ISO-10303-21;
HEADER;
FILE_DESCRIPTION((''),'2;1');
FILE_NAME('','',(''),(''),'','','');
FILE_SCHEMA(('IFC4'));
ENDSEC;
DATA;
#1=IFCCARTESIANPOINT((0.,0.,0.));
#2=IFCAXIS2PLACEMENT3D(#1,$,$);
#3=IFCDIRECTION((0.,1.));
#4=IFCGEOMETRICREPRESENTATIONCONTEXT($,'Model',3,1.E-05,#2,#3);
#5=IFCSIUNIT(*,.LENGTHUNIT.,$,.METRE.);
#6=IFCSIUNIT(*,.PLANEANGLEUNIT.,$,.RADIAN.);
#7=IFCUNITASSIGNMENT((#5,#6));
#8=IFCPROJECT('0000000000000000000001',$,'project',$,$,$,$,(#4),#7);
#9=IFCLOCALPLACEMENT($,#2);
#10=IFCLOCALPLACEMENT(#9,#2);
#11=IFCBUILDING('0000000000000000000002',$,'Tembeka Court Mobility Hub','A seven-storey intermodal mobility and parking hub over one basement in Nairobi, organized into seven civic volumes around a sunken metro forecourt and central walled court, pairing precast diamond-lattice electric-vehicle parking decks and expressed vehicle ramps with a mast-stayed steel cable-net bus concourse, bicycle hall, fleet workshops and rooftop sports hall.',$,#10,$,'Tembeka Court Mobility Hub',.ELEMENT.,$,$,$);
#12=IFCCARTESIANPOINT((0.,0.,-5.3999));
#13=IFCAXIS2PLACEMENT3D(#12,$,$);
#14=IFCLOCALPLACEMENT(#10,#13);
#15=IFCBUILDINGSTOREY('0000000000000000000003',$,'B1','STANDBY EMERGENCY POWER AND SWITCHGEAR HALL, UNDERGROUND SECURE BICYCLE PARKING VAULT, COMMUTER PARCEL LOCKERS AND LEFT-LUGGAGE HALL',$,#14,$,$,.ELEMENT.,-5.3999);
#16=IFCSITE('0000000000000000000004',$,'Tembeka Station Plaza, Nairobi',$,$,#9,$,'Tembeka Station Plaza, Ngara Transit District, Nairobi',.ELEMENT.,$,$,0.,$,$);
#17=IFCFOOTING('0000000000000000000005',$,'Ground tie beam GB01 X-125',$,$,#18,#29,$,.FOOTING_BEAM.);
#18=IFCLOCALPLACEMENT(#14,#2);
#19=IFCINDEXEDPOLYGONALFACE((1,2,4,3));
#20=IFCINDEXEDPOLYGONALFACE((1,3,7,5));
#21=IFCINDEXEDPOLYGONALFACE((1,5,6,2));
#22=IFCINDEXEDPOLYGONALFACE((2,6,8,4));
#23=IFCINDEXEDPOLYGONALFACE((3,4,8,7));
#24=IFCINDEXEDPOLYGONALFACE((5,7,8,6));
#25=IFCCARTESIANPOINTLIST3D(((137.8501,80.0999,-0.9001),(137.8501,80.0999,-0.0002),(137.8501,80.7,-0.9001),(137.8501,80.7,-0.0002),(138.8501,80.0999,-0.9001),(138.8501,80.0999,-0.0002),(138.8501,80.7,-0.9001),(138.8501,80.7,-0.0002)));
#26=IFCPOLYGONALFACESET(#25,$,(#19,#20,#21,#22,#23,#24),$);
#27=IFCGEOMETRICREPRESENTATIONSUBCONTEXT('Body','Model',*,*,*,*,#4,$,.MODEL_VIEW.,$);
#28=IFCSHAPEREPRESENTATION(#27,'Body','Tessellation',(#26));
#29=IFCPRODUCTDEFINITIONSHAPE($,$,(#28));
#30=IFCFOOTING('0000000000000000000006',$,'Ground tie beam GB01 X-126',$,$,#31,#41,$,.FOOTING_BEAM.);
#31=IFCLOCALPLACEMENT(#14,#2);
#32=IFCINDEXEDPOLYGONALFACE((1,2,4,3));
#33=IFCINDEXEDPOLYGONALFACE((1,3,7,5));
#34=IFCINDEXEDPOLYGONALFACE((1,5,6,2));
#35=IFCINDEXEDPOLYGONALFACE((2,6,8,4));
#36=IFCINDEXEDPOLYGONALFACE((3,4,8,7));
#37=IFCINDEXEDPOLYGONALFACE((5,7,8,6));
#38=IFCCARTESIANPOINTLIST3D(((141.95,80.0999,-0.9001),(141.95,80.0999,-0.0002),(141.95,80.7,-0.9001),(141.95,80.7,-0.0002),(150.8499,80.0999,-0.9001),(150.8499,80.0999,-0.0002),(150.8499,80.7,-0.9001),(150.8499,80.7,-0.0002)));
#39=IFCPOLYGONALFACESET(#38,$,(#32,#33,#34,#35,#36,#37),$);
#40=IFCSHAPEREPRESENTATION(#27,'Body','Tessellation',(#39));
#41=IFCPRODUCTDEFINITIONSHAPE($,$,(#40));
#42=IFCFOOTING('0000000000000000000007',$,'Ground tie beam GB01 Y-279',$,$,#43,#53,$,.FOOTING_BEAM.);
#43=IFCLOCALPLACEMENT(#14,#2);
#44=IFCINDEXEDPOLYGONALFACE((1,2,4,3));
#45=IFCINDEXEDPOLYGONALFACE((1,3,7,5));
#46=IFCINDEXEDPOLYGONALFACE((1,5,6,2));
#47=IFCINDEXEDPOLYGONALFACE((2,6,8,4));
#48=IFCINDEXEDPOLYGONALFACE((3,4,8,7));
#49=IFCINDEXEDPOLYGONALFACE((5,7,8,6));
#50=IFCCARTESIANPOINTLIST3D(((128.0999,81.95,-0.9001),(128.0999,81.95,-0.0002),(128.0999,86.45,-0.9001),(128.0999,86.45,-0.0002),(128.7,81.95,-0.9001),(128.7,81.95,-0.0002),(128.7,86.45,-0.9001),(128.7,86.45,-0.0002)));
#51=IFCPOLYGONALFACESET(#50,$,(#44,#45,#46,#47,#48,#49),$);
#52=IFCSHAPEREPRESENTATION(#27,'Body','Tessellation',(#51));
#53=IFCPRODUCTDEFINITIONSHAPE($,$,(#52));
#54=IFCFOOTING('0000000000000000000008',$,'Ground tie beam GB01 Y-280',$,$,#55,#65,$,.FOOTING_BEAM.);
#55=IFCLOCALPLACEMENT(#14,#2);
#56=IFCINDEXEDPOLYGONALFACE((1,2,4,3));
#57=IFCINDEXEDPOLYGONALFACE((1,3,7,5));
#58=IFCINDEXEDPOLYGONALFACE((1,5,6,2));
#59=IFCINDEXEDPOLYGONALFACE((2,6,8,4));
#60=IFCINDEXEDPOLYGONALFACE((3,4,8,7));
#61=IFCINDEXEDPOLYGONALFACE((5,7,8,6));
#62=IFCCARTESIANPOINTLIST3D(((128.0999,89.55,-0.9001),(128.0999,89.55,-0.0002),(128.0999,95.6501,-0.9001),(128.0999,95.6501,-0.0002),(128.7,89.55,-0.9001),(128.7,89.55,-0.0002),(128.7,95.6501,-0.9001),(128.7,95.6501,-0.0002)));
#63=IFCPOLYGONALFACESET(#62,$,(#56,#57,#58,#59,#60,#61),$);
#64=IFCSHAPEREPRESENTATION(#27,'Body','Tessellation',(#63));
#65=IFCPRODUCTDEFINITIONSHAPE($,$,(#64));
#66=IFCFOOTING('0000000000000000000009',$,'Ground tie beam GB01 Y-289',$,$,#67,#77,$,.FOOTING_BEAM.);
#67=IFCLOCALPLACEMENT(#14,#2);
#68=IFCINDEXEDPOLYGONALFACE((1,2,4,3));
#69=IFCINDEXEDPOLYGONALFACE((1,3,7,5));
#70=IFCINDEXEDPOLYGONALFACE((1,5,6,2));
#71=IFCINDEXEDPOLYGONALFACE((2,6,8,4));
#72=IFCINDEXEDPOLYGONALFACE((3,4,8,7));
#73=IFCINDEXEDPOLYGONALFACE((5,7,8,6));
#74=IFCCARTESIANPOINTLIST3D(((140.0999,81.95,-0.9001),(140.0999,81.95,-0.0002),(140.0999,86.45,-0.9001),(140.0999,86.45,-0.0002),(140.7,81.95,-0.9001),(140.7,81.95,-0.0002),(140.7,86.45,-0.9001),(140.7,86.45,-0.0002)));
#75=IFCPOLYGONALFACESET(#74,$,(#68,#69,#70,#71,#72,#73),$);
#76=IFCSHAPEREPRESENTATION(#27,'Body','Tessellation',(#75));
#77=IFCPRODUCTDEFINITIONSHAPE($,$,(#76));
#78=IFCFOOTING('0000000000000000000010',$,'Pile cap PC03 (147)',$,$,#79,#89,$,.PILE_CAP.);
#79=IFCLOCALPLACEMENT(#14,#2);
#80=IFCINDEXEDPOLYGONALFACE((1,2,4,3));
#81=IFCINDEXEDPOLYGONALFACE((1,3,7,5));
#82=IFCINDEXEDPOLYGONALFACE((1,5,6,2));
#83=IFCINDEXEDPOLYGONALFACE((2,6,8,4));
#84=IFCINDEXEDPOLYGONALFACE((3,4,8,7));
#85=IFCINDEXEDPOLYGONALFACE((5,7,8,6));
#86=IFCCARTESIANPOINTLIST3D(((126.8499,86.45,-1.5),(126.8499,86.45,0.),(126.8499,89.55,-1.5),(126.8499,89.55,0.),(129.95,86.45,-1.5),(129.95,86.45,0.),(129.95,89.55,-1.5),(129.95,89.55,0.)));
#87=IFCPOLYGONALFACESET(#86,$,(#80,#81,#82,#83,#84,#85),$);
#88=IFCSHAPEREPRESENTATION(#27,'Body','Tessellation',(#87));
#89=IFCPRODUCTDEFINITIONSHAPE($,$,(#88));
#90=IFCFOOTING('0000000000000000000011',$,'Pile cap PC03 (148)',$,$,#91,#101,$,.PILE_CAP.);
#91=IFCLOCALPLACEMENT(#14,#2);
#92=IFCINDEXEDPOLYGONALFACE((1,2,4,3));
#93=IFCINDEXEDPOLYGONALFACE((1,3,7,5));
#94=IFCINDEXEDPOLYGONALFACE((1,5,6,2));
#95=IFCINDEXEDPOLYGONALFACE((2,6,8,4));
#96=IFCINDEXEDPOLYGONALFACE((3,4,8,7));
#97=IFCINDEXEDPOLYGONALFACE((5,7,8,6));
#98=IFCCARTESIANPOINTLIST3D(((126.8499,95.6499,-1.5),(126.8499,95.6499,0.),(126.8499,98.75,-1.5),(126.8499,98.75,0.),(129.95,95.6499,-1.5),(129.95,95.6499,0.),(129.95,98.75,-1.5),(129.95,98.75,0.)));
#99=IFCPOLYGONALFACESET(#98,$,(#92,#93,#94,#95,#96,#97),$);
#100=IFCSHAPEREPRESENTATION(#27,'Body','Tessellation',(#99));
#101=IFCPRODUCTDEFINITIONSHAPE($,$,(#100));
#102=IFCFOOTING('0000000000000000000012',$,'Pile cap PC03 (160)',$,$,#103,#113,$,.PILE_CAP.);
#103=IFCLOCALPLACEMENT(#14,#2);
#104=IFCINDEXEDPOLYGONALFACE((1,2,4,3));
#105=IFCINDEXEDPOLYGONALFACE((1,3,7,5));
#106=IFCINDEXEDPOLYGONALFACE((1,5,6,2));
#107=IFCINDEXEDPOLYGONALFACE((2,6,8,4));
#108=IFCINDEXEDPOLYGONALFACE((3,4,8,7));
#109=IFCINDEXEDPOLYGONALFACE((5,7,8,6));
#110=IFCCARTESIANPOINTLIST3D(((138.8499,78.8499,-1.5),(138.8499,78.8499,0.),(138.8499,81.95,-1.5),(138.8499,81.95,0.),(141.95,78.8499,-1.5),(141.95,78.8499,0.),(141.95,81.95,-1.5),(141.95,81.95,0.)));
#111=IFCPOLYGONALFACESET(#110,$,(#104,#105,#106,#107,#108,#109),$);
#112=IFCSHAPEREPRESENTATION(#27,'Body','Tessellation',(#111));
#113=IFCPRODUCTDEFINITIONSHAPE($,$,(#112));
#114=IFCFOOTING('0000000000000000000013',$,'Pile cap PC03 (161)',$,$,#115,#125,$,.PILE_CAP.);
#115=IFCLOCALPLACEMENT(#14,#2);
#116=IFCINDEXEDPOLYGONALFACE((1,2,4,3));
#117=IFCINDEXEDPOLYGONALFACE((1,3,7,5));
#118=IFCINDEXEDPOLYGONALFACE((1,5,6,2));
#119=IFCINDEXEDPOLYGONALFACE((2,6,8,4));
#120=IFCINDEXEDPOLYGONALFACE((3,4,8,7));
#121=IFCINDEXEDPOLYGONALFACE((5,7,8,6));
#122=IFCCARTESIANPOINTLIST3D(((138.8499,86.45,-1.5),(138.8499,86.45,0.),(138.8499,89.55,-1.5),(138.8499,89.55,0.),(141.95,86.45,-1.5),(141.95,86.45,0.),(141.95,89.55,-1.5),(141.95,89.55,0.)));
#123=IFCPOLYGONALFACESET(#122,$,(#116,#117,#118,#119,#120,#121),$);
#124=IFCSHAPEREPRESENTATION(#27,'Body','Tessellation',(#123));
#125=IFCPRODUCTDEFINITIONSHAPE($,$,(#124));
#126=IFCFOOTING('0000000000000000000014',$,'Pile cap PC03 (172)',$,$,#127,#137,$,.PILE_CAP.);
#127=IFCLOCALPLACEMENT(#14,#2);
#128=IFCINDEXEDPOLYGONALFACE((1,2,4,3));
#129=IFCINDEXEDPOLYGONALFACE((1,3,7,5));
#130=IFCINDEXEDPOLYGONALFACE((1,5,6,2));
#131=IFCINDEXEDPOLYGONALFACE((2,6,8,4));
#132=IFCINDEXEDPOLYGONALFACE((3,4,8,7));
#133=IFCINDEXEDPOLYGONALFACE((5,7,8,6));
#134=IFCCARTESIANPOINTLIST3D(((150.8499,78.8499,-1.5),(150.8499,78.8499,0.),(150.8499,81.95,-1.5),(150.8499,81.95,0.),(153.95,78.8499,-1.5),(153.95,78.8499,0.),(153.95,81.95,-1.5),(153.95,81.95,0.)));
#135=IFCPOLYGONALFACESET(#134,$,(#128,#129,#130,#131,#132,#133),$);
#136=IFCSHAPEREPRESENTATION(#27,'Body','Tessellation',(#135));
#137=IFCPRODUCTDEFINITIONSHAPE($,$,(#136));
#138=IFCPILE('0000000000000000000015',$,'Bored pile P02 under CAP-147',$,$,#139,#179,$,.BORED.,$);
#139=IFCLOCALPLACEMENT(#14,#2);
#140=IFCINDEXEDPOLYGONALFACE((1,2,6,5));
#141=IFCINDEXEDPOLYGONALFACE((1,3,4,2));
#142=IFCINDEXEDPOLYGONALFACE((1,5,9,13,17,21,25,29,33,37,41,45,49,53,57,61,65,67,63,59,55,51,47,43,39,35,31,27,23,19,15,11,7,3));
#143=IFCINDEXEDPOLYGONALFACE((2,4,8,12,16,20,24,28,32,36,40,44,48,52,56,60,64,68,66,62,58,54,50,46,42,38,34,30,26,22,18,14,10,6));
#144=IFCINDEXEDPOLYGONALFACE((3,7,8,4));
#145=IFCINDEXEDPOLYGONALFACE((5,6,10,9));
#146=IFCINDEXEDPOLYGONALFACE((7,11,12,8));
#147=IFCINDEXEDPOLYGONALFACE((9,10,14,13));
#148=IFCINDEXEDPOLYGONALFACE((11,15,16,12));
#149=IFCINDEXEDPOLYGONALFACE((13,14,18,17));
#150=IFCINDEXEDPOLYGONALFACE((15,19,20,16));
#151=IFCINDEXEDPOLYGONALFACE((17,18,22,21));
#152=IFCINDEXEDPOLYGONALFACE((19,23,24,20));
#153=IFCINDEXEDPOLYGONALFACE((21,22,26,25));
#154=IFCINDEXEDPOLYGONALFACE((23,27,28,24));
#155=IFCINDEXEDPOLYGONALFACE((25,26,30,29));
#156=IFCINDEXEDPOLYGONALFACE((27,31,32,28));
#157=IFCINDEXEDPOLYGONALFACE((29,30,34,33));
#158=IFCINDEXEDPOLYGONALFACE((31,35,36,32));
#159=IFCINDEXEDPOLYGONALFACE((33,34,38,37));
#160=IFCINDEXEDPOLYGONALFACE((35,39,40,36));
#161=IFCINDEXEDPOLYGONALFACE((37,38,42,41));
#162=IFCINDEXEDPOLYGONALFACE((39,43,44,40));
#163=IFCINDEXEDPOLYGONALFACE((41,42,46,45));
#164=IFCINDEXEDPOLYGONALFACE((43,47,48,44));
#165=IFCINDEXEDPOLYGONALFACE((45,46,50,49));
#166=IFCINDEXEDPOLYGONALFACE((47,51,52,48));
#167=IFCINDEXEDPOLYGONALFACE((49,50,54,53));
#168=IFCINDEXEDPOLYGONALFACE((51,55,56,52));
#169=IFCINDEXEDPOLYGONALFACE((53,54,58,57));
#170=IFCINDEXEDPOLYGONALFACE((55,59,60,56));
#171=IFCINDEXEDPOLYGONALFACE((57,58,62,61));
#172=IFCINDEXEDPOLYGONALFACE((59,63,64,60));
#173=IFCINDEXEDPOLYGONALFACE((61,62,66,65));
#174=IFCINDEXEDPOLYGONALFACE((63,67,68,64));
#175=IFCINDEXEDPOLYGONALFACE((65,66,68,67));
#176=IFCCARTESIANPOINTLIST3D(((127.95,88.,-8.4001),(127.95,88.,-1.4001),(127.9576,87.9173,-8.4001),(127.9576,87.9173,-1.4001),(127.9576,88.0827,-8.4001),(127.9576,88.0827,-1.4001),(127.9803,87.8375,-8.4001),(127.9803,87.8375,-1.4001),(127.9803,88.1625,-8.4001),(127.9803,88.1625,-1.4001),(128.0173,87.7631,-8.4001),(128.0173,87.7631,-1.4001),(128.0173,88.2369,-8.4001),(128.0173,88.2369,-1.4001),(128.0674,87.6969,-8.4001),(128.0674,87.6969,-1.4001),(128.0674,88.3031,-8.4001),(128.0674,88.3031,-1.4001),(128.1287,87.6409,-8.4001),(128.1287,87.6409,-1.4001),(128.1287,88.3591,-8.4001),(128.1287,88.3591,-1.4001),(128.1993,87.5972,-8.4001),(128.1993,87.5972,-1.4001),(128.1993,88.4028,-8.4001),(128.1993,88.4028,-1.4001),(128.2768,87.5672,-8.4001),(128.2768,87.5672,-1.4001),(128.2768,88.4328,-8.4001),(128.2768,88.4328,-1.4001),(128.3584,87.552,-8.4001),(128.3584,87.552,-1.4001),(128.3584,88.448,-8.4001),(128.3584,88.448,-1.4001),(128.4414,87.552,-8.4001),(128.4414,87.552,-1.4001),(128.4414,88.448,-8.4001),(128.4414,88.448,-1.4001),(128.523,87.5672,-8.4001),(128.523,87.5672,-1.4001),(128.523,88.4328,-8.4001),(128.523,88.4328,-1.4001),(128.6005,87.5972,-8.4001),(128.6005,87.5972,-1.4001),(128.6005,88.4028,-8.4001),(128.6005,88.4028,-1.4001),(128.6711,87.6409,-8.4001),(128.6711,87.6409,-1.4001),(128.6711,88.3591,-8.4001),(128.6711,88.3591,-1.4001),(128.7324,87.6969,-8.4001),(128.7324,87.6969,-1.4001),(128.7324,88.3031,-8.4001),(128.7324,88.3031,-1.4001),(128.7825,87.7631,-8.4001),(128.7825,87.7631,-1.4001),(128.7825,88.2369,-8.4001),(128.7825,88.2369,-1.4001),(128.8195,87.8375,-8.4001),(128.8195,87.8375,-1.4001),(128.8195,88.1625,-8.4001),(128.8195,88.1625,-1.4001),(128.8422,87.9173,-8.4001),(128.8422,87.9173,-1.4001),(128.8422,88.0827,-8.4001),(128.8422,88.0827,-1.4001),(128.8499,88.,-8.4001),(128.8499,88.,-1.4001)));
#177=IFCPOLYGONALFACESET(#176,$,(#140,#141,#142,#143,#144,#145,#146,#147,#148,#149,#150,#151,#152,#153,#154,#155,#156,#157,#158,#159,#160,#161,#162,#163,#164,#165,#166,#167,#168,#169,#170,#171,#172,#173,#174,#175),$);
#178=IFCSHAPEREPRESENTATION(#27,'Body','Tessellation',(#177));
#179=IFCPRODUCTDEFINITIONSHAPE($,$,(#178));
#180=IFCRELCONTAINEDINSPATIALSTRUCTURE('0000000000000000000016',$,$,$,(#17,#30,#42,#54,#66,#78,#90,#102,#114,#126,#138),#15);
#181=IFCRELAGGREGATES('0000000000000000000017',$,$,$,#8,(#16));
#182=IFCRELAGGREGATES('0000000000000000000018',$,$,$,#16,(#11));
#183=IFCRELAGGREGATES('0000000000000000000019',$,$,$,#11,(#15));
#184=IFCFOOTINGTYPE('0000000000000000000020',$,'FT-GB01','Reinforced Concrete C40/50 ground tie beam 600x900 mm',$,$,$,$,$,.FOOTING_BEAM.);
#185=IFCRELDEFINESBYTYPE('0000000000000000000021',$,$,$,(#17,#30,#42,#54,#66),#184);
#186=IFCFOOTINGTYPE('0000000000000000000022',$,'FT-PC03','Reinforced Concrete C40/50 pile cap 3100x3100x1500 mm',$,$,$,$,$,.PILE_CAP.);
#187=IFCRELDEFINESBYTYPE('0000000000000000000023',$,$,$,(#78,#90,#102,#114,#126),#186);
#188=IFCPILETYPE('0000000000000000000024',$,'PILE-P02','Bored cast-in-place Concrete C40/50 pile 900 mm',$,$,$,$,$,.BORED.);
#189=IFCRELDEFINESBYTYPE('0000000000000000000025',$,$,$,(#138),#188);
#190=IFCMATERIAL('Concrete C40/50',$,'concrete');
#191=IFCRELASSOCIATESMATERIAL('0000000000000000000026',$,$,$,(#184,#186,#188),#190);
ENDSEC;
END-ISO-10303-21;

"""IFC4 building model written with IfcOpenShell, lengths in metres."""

from ifc_helpers import new_model, si_unit, direction, frame, origin, origin_2d, place, context, subcontext, project, spatial, rectangle, circle, extrude, material, material_profile, profile_set, type_object, element, save


model = new_model("IFC4")

# Units and contexts
model_context = context("Model", 3, precision=1e-05, world=origin(), true_north=direction((0.0, 1.0)))
body_context = subcontext(model_context, "Body", "Model", "MODEL_VIEW")
ifc_project = project(units=[si_unit("LENGTHUNIT", "METRE"), si_unit("PLANEANGLEUNIT", "RADIAN")], contexts=[model_context])

# Site, building, storey
site_placement = place(None, origin())
site = spatial("IfcSite", under=ifc_project, at=site_placement, Name="Tembeka Station Plaza, Nairobi", LongName="Tembeka Station Plaza, Ngara Transit District, Nairobi", CompositionType="ELEMENT", RefElevation=0.0)
building_placement = place(site_placement, origin())
building = spatial("IfcBuilding", under=site, at=building_placement, Name="Tembeka Court Mobility Hub", Description="A seven-storey intermodal mobility and parking hub over one basement in Nairobi, organized into seven civic volumes around a sunken metro forecourt and central walled court, pairing precast diamond-lattice electric-vehicle parking decks and expressed vehicle ramps with a mast-stayed steel cable-net bus concourse, bicycle hall, fleet workshops and rooftop sports hall.", LongName="Tembeka Court Mobility Hub", CompositionType="ELEMENT")
storey_placement = place(building_placement, frame((0.0, 0.0, -5.3999)))
storey = spatial("IfcBuildingStorey", under=building, at=storey_placement, Name="B1", Description="STANDBY EMERGENCY POWER AND SWITCHGEAR HALL, UNDERGROUND SECURE BICYCLE PARKING VAULT, COMMUTER PARCEL LOCKERS AND LEFT-LUGGAGE HALL", CompositionType="ELEMENT", Elevation=-5.3999)

# Footings
ifc_material_1 = material(Name="Concrete C40/50", Category="concrete")
footing_type_1 = type_object("IfcFootingType", Name="FT-GB01", Description="Reinforced Concrete C40/50 ground tie beam 600x900 mm", PredefinedType="FOOTING_BEAM", material=ifc_material_1)
footing_1_placement = place(storey_placement, frame((138.3501, 80.3999, -0.9001), z_axis=(0.0, 0.0, 1.0), x_axis=(1.0, 0.0, 0.0)))
element("IfcFooting", 1, at=footing_1_placement, inside=storey, type_object=footing_type_1, Name="Ground tie beam GB01 X-125", PredefinedType="FOOTING_BEAM", context=body_context, shape_type="SweptSolid", body=[
    extrude(rectangle(XDim=1.0, YDim=0.6001, at=origin_2d()), origin(), (0.0, 0.0, 1.0), 0.8999),
])
footing_2_placement = place(storey_placement, frame((146.3999, 80.3999, -0.9001), z_axis=(0.0, 0.0, 1.0), x_axis=(1.0, 0.0, 0.0)))
element("IfcFooting", 2, at=footing_2_placement, inside=storey, type_object=footing_type_1, Name="Ground tie beam GB01 X-126", PredefinedType="FOOTING_BEAM", context=body_context, shape_type="SweptSolid", body=[
    extrude(rectangle(XDim=8.8999, YDim=0.6001, at=origin_2d()), origin(), (0.0, 0.0, 1.0), 0.8999),
])
footing_3_placement = place(storey_placement, frame((128.3999, 84.2, -0.9001), z_axis=(0.0, 0.0, 1.0), x_axis=(0.0, 1.0, 0.0)))
element("IfcFooting", 3, at=footing_3_placement, inside=storey, type_object=footing_type_1, Name="Ground tie beam GB01 Y-279", PredefinedType="FOOTING_BEAM", context=body_context, shape_type="SweptSolid", body=[
    extrude(rectangle(XDim=4.5, YDim=0.6001, at=origin_2d()), origin(), (0.0, 0.0, 1.0), 0.8999),
])
footing_4_placement = place(storey_placement, frame((128.3999, 92.6001, -0.9001), z_axis=(0.0, 0.0, 1.0), x_axis=(0.0, 1.0, 0.0)))
element("IfcFooting", 4, at=footing_4_placement, inside=storey, type_object=footing_type_1, Name="Ground tie beam GB01 Y-280", PredefinedType="FOOTING_BEAM", context=body_context, shape_type="SweptSolid", body=[
    extrude(rectangle(XDim=6.1001, YDim=0.6001, at=origin_2d()), origin(), (0.0, 0.0, 1.0), 0.8999),
])
footing_5_placement = place(storey_placement, frame((140.3999, 84.2, -0.9001), z_axis=(0.0, 0.0, 1.0), x_axis=(0.0, 1.0, 0.0)))
element("IfcFooting", 5, at=footing_5_placement, inside=storey, type_object=footing_type_1, Name="Ground tie beam GB01 Y-289", PredefinedType="FOOTING_BEAM", context=body_context, shape_type="SweptSolid", body=[
    extrude(rectangle(XDim=4.5, YDim=0.6001, at=origin_2d()), origin(), (0.0, 0.0, 1.0), 0.8999),
])
footing_type_2 = type_object("IfcFootingType", Name="FT-PC03", Description="Reinforced Concrete C40/50 pile cap 3100x3100x1500 mm", PredefinedType="PILE_CAP", material=ifc_material_1)
for number, where, z_axis, x_axis, name in (
    (6, (128.3999, 88.0, -1.5), (0.0, 0.0, 1.0), (1.0, 0.0, 0.0), "Pile cap PC03 (147)"),
    (7, (128.3999, 97.2, -1.5), (0.0, 0.0, 1.0), (1.0, 0.0, 0.0), "Pile cap PC03 (148)"),
    (8, (140.3999, 80.3999, -1.5), (0.0, 0.0, 1.0), (1.0, 0.0, 0.0), "Pile cap PC03 (160)"),
    (9, (140.3999, 88.0, -1.5), (0.0, 0.0, 1.0), (1.0, 0.0, 0.0), "Pile cap PC03 (161)"),
    (10, (152.3999, 80.3999, -1.5), (0.0, 0.0, 1.0), (1.0, 0.0, 0.0), "Pile cap PC03 (172)"),
):
    element("IfcFooting", number, at=place(storey_placement, frame(where, z_axis=z_axis, x_axis=x_axis)), inside=storey, type_object=footing_type_2, Name=name, PredefinedType="PILE_CAP", context=body_context, shape_type="SweptSolid", body=[
        extrude(rectangle(XDim=3.1001, YDim=3.1001, at=origin_2d()), origin(), (0.0, 0.0, 1.0), 1.5),
    ])

# Pile
ifc_material_profile_1 = material_profile(ifc_material_1, circle(Radius=0.45, at=origin_2d()), Name="PILE D900")
ifc_profile_set_1 = profile_set([ifc_material_profile_1], Name="Concrete C40/50")
pile_type_1 = type_object("IfcPileType", Name="PILE-P02", Description="Bored cast-in-place Concrete C40/50 pile 900 mm", PredefinedType="BORED", material=ifc_profile_set_1)
for number, where, z_axis, x_axis, name in (
    (11, (128.3999, 88.0, -1.4001), (0.0, 0.0, -1.0), (1.0, 0.0, 0.0), "Bored pile P02 under CAP-147"),
):
    element("IfcPile", number, at=place(storey_placement, frame(where, z_axis=z_axis, x_axis=x_axis)), inside=storey, type_object=pile_type_1, Name=name, PredefinedType="BORED", context=body_context, shape_type="SweptSolid", body=[
        extrude(circle(Radius=0.45, at=origin_2d()), origin(), (0.0, 0.0, 1.0), 7.0),
    ])

save(model, "model.ifc")
